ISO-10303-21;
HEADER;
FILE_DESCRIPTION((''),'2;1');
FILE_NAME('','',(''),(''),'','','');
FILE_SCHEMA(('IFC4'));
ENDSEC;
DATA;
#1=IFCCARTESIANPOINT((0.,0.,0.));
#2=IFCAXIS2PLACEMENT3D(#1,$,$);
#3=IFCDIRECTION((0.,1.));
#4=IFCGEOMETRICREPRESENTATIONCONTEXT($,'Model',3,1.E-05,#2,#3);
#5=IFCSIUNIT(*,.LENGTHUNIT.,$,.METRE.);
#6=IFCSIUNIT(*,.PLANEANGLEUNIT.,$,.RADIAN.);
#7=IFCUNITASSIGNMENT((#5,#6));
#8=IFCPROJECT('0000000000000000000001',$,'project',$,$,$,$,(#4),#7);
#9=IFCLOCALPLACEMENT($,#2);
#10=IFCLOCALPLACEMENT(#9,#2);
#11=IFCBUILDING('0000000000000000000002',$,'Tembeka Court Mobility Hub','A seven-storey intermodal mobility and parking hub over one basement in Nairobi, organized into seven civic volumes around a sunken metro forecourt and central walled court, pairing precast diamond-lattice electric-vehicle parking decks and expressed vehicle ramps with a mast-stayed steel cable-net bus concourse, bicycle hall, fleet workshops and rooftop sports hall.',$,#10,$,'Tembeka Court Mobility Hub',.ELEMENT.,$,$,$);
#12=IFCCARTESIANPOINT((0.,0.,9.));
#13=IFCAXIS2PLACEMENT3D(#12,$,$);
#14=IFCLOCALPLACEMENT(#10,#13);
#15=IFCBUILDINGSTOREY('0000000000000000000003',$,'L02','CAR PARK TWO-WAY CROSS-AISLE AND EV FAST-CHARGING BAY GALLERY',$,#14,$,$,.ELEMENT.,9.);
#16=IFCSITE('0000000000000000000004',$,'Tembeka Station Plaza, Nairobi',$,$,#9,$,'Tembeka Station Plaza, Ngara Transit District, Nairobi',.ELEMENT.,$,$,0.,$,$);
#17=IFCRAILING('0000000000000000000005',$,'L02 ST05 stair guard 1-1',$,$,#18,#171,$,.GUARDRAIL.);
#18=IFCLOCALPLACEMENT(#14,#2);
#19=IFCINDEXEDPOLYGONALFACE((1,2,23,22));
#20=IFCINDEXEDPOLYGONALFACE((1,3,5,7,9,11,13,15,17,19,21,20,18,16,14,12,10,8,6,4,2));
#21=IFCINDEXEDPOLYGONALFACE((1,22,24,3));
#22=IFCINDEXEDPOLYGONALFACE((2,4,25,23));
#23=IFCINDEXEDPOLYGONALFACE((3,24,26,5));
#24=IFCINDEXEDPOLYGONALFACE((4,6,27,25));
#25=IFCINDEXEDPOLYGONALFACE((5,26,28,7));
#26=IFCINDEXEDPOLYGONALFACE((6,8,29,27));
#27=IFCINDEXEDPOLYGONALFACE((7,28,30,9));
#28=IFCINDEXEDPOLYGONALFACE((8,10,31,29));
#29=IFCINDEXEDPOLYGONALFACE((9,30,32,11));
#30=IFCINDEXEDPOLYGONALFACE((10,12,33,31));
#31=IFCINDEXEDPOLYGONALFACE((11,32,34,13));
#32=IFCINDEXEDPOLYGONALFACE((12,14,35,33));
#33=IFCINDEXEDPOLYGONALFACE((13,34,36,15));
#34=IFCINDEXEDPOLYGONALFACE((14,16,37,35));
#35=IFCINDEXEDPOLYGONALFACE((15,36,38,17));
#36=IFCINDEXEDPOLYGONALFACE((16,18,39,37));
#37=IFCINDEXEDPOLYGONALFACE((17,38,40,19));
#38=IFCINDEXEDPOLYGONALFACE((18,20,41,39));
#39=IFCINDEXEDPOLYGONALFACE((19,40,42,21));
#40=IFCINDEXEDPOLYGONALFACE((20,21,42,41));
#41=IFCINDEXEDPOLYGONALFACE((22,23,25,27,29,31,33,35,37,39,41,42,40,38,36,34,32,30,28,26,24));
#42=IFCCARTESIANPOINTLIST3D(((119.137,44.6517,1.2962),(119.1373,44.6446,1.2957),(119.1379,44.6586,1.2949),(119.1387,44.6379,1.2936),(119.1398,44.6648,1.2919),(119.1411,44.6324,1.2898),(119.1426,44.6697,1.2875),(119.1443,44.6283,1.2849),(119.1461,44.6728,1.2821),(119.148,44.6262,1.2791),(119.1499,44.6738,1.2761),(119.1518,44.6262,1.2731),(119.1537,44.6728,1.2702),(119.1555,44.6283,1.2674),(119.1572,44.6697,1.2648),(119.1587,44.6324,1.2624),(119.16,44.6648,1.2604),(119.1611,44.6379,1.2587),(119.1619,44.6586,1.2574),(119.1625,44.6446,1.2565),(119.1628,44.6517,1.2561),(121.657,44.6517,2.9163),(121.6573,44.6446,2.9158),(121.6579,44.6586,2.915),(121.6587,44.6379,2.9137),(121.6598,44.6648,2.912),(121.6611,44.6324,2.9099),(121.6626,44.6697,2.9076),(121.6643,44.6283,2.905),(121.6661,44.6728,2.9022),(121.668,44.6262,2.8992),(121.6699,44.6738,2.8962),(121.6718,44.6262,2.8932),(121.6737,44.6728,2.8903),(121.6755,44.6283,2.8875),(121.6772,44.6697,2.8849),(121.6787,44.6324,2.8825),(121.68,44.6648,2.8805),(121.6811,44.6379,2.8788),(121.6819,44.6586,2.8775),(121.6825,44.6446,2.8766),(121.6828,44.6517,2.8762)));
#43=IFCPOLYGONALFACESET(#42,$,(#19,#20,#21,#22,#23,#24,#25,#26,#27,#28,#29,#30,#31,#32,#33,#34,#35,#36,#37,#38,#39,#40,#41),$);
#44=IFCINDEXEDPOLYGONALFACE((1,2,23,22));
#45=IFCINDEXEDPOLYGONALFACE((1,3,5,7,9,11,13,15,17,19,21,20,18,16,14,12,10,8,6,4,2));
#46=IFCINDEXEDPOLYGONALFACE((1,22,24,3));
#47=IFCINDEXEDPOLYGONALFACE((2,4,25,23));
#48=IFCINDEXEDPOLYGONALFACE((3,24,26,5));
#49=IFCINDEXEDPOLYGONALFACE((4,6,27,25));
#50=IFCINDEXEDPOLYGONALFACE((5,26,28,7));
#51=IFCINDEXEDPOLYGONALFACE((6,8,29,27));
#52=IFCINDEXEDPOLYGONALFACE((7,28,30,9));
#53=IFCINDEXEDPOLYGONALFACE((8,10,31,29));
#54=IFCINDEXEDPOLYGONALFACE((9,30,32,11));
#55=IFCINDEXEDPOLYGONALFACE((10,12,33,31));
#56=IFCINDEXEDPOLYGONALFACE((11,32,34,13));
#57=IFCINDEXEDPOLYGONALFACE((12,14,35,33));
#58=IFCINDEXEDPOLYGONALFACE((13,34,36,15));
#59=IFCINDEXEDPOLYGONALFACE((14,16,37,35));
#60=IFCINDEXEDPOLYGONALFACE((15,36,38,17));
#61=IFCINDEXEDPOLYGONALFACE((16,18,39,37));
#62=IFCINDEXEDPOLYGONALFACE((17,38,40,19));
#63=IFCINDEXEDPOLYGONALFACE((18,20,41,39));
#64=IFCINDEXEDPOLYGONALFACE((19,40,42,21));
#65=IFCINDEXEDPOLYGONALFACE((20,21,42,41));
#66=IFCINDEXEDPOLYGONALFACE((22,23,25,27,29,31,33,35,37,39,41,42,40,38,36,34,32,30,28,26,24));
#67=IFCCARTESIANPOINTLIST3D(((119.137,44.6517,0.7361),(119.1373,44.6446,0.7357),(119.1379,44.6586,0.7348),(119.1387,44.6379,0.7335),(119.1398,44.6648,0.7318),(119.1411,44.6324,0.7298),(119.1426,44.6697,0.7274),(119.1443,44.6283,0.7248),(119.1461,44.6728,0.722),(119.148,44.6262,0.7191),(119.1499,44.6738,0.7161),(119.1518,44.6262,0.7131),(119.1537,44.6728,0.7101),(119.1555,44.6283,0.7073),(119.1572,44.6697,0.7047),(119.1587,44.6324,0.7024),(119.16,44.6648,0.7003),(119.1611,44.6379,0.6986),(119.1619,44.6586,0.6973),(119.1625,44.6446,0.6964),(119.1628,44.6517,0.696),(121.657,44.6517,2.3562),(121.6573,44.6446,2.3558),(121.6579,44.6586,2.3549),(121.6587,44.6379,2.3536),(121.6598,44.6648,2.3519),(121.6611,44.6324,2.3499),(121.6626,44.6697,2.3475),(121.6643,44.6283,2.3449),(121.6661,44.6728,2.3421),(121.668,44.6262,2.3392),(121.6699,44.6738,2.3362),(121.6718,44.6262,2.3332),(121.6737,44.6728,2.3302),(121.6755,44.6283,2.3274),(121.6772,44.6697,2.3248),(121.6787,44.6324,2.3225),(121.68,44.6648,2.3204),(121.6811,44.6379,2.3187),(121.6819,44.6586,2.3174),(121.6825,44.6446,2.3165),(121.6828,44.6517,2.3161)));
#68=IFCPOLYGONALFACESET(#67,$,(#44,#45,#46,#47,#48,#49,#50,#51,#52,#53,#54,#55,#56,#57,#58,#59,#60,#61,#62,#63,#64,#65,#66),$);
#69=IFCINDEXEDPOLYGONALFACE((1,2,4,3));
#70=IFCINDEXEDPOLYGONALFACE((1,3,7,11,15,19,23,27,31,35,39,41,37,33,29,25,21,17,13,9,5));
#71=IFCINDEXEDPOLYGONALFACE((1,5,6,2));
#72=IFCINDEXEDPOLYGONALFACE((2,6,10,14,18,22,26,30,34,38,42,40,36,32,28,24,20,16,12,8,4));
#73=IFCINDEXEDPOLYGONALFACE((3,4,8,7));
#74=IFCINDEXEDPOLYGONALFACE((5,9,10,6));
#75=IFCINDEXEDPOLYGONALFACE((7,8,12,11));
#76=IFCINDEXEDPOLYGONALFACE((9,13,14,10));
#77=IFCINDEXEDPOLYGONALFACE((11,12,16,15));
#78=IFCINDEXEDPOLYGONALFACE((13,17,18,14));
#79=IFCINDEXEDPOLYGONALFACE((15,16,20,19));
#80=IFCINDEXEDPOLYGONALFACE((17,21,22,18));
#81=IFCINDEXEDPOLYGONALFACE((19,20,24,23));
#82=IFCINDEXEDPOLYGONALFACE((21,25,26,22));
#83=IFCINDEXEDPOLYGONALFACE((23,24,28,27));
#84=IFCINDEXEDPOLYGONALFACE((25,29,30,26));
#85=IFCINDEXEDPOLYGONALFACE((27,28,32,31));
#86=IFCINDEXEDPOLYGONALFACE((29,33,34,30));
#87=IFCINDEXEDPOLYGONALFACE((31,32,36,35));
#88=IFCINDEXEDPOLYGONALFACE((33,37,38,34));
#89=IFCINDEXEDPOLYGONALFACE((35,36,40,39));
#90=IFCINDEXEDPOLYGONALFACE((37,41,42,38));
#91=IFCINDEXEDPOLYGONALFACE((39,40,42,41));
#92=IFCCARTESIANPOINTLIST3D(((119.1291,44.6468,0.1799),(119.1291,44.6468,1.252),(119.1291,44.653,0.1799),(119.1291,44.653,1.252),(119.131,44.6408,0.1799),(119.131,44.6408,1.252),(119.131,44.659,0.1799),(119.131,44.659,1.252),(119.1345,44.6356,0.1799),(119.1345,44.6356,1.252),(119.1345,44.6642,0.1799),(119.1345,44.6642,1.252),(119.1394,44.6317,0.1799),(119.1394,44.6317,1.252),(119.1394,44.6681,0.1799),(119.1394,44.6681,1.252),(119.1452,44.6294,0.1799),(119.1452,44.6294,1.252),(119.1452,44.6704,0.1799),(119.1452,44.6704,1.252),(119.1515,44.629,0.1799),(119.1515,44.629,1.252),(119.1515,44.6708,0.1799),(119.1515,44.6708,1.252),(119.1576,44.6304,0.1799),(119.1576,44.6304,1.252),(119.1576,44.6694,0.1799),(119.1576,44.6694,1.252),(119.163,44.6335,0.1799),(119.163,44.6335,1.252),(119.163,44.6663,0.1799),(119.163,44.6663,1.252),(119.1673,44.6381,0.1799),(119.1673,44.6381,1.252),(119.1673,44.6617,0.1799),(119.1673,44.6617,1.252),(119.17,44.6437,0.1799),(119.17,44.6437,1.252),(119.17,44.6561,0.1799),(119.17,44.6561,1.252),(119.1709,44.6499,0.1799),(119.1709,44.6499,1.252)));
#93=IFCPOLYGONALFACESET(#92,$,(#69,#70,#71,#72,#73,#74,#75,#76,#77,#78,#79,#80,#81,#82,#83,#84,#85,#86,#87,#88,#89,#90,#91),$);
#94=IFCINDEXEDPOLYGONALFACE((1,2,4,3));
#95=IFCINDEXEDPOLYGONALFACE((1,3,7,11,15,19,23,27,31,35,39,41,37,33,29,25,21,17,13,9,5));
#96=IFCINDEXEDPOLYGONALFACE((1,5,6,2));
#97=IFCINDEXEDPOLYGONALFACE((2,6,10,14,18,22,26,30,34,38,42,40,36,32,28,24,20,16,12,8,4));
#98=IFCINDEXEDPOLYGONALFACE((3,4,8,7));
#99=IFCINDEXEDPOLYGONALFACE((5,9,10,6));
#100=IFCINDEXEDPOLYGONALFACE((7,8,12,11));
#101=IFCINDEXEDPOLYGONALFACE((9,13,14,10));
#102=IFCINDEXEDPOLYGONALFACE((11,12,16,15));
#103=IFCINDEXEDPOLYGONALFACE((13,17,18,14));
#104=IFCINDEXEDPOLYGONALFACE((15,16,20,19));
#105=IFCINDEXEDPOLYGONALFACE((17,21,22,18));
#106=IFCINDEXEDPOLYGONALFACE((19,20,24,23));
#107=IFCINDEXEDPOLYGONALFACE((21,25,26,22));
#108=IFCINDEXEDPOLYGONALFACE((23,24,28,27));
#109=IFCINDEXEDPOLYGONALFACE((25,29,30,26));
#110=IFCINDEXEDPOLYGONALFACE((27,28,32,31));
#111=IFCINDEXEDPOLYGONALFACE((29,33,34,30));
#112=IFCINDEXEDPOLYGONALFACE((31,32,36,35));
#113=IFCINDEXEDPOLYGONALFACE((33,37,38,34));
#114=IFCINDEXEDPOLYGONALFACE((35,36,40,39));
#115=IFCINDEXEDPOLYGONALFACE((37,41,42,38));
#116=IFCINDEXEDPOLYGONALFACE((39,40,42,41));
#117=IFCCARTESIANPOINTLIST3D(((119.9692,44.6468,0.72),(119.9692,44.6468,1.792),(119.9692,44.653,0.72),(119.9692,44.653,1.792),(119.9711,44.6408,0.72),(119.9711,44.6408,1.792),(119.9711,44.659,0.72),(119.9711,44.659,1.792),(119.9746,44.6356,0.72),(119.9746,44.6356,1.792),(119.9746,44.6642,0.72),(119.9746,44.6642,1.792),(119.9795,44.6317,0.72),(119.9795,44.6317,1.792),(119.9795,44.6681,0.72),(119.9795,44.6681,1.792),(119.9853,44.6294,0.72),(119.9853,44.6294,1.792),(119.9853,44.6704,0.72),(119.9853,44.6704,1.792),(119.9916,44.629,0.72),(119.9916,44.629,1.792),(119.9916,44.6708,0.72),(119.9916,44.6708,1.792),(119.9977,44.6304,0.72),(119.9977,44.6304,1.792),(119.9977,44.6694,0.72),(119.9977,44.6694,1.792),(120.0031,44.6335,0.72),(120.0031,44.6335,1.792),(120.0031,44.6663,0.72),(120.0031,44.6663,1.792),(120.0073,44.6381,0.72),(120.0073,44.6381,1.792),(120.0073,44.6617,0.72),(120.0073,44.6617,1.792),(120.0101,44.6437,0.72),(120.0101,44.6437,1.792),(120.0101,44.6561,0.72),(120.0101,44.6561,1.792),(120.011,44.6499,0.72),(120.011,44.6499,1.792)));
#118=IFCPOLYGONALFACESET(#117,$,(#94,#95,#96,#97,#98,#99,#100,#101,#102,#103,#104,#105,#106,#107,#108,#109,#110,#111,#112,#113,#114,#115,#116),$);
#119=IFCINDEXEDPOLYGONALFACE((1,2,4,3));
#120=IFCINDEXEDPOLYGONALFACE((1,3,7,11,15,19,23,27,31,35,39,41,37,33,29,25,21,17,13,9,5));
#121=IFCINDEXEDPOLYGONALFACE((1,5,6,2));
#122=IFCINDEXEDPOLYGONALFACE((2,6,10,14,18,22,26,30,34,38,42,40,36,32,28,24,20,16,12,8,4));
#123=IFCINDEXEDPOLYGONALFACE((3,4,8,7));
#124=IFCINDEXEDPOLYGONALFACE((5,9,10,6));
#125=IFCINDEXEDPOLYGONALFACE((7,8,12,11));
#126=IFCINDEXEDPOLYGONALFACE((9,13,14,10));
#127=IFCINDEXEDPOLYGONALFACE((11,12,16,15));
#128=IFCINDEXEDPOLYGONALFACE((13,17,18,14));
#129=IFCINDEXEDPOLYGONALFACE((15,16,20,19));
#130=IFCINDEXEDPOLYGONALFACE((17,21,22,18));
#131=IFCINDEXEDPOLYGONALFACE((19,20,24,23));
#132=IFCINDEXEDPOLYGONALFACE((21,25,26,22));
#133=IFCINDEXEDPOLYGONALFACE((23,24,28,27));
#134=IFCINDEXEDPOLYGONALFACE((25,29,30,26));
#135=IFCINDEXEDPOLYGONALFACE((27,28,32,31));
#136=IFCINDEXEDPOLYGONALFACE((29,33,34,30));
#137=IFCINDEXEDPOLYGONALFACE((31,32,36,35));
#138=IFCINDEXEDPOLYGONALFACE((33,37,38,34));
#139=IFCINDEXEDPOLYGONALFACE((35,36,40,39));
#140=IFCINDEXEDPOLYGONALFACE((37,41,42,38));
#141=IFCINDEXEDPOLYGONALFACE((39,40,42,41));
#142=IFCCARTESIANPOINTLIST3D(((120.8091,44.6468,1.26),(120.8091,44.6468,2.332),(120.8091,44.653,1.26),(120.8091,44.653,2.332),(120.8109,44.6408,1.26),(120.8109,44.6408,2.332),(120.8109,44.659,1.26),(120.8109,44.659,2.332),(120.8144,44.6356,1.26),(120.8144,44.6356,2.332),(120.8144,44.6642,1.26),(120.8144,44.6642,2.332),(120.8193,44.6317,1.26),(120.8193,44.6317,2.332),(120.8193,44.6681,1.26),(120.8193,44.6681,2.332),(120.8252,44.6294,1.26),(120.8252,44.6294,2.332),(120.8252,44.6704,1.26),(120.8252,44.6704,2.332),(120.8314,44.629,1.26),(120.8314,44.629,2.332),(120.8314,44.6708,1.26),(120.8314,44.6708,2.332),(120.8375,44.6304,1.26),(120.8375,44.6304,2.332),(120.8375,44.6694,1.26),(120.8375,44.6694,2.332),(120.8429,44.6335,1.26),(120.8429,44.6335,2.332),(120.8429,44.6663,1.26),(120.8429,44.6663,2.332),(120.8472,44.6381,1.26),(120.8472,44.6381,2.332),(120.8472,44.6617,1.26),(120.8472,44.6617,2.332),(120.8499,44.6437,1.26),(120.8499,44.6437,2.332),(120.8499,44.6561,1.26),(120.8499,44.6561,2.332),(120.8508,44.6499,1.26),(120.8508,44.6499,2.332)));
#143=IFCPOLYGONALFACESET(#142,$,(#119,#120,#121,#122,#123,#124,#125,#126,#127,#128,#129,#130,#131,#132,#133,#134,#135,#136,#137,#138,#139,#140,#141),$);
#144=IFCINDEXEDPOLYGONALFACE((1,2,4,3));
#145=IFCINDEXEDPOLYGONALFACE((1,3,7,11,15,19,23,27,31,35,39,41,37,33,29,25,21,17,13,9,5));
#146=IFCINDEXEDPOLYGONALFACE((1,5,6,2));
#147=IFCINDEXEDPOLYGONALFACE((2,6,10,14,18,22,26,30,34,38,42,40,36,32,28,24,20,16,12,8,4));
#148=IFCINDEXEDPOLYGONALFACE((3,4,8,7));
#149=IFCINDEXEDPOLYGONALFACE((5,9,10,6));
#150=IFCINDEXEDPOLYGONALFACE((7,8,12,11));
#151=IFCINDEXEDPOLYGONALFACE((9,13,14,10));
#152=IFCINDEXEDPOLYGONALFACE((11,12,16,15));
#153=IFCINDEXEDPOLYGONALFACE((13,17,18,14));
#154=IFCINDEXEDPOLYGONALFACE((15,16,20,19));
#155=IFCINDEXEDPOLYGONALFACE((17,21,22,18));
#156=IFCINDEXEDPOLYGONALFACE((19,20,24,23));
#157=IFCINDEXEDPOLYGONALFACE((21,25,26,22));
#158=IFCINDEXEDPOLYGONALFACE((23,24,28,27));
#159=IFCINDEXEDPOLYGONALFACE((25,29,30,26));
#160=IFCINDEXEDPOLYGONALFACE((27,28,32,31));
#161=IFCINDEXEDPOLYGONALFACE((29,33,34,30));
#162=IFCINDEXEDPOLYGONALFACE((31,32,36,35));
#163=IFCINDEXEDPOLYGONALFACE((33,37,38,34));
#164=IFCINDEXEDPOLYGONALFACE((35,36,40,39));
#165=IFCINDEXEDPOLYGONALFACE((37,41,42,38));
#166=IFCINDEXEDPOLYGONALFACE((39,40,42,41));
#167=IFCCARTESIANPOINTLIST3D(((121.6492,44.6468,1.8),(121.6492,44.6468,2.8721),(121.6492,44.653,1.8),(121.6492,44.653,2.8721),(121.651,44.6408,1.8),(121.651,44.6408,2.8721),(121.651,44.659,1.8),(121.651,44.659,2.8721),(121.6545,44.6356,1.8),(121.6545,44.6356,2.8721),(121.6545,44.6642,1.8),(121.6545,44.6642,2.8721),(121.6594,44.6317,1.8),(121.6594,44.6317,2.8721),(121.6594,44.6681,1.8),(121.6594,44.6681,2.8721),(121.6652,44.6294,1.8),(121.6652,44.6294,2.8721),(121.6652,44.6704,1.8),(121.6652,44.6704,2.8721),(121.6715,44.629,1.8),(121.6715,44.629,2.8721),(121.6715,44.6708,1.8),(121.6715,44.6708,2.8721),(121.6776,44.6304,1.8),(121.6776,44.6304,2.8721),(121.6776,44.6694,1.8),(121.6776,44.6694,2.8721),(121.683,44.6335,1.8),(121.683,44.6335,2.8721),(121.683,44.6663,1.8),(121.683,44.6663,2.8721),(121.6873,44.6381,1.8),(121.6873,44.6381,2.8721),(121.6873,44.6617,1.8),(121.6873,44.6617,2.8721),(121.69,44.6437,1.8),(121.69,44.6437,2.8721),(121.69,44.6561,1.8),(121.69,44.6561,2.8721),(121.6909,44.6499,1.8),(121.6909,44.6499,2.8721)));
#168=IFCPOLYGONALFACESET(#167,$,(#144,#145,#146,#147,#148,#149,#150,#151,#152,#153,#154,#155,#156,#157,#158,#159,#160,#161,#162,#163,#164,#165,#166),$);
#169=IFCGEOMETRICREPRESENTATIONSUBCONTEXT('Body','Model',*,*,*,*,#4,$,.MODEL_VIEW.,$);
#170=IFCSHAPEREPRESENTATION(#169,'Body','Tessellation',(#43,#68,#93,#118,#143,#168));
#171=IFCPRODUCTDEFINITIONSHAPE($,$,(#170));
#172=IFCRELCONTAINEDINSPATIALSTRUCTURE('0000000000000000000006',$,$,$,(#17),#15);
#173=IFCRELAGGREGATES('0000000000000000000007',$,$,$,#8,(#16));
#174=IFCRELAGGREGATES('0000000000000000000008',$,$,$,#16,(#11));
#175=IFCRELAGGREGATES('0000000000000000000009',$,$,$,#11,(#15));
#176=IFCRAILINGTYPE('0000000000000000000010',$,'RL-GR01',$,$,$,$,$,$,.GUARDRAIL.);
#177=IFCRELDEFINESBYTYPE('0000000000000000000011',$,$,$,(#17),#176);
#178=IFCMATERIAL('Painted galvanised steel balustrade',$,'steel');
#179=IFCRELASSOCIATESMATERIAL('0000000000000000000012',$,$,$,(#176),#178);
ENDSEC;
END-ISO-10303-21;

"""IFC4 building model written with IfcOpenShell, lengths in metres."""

from ifc_helpers import new_model, si_unit, direction, frame, origin, origin_2d, place, context, subcontext, project, spatial, circle, extrude, material, type_object, element, save


model = new_model("IFC4")

# Units and contexts
model_context = context("Model", 3, precision=1e-05, world=origin(), true_north=direction((0.0, 1.0)))
body_context = subcontext(model_context, "Body", "Model", "MODEL_VIEW")
ifc_project = project(units=[si_unit("LENGTHUNIT", "METRE"), si_unit("PLANEANGLEUNIT", "RADIAN")], contexts=[model_context])

# Site, building, storey
site_placement = place(None, origin())
site = spatial("IfcSite", under=ifc_project, at=site_placement, Name="Tembeka Station Plaza, Nairobi", LongName="Tembeka Station Plaza, Ngara Transit District, Nairobi", CompositionType="ELEMENT", RefElevation=0.0)
building_placement = place(site_placement, origin())
building = spatial("IfcBuilding", under=site, at=building_placement, Name="Tembeka Court Mobility Hub", Description="A seven-storey intermodal mobility and parking hub over one basement in Nairobi, organized into seven civic volumes around a sunken metro forecourt and central walled court, pairing precast diamond-lattice electric-vehicle parking decks and expressed vehicle ramps with a mast-stayed steel cable-net bus concourse, bicycle hall, fleet workshops and rooftop sports hall.", LongName="Tembeka Court Mobility Hub", CompositionType="ELEMENT")
storey_placement = place(building_placement, frame((0.0, 0.0, 9.0)))
storey = spatial("IfcBuildingStorey", under=building, at=storey_placement, Name="L02", Description="CAR PARK TWO-WAY CROSS-AISLE AND EV FAST-CHARGING BAY GALLERY", CompositionType="ELEMENT", Elevation=9.0)

# Railing
ifc_material_1 = material(Name="Painted galvanised steel balustrade", Category="steel")
railing_type_1 = type_object("IfcRailingType", Name="RL-GR01", PredefinedType="GUARDRAIL", material=ifc_material_1)
railing_1_placement = place(storey_placement, frame((119.1499, 44.6499, 0.1799)))
element("IfcRailing", 1, at=railing_1_placement, inside=storey, type_object=railing_type_1, Name="L02 ST05 stair guard 1-1", PredefinedType="GUARDRAIL", context=body_context, shape_type="SweptSolid", body=[
    extrude(circle(Radius=0.0239, at=origin_2d()), frame((0.0, 0.0, 1.0962), z_axis=(0.841163, 0.0, 0.540782), x_axis=(0.0, 1.0, 0.0)), (0.0, 0.0, 1.0), 2.9958),
    extrude(circle(Radius=0.0239, at=origin_2d()), frame((0.0, 0.0, 0.5361), z_axis=(0.841163, 0.0, 0.540782), x_axis=(0.0, 1.0, 0.0)), (0.0, 0.0, 1.0), 2.9958),
    extrude(circle(Radius=0.021, at=origin_2d()), origin(), (0.0, 0.0, 1.0), 1.072),
    extrude(circle(Radius=0.021, at=origin_2d()), frame((0.8401, 0.0, 0.54)), (0.0, 0.0, 1.0), 1.072),
    extrude(circle(Radius=0.021, at=origin_2d()), frame((1.6799, 0.0, 1.0801)), (0.0, 0.0, 1.0), 1.072),
    extrude(circle(Radius=0.021, at=origin_2d()), frame((2.52, 0.0, 1.6201)), (0.0, 0.0, 1.0), 1.072),
])

save(model, "model.ifc")
